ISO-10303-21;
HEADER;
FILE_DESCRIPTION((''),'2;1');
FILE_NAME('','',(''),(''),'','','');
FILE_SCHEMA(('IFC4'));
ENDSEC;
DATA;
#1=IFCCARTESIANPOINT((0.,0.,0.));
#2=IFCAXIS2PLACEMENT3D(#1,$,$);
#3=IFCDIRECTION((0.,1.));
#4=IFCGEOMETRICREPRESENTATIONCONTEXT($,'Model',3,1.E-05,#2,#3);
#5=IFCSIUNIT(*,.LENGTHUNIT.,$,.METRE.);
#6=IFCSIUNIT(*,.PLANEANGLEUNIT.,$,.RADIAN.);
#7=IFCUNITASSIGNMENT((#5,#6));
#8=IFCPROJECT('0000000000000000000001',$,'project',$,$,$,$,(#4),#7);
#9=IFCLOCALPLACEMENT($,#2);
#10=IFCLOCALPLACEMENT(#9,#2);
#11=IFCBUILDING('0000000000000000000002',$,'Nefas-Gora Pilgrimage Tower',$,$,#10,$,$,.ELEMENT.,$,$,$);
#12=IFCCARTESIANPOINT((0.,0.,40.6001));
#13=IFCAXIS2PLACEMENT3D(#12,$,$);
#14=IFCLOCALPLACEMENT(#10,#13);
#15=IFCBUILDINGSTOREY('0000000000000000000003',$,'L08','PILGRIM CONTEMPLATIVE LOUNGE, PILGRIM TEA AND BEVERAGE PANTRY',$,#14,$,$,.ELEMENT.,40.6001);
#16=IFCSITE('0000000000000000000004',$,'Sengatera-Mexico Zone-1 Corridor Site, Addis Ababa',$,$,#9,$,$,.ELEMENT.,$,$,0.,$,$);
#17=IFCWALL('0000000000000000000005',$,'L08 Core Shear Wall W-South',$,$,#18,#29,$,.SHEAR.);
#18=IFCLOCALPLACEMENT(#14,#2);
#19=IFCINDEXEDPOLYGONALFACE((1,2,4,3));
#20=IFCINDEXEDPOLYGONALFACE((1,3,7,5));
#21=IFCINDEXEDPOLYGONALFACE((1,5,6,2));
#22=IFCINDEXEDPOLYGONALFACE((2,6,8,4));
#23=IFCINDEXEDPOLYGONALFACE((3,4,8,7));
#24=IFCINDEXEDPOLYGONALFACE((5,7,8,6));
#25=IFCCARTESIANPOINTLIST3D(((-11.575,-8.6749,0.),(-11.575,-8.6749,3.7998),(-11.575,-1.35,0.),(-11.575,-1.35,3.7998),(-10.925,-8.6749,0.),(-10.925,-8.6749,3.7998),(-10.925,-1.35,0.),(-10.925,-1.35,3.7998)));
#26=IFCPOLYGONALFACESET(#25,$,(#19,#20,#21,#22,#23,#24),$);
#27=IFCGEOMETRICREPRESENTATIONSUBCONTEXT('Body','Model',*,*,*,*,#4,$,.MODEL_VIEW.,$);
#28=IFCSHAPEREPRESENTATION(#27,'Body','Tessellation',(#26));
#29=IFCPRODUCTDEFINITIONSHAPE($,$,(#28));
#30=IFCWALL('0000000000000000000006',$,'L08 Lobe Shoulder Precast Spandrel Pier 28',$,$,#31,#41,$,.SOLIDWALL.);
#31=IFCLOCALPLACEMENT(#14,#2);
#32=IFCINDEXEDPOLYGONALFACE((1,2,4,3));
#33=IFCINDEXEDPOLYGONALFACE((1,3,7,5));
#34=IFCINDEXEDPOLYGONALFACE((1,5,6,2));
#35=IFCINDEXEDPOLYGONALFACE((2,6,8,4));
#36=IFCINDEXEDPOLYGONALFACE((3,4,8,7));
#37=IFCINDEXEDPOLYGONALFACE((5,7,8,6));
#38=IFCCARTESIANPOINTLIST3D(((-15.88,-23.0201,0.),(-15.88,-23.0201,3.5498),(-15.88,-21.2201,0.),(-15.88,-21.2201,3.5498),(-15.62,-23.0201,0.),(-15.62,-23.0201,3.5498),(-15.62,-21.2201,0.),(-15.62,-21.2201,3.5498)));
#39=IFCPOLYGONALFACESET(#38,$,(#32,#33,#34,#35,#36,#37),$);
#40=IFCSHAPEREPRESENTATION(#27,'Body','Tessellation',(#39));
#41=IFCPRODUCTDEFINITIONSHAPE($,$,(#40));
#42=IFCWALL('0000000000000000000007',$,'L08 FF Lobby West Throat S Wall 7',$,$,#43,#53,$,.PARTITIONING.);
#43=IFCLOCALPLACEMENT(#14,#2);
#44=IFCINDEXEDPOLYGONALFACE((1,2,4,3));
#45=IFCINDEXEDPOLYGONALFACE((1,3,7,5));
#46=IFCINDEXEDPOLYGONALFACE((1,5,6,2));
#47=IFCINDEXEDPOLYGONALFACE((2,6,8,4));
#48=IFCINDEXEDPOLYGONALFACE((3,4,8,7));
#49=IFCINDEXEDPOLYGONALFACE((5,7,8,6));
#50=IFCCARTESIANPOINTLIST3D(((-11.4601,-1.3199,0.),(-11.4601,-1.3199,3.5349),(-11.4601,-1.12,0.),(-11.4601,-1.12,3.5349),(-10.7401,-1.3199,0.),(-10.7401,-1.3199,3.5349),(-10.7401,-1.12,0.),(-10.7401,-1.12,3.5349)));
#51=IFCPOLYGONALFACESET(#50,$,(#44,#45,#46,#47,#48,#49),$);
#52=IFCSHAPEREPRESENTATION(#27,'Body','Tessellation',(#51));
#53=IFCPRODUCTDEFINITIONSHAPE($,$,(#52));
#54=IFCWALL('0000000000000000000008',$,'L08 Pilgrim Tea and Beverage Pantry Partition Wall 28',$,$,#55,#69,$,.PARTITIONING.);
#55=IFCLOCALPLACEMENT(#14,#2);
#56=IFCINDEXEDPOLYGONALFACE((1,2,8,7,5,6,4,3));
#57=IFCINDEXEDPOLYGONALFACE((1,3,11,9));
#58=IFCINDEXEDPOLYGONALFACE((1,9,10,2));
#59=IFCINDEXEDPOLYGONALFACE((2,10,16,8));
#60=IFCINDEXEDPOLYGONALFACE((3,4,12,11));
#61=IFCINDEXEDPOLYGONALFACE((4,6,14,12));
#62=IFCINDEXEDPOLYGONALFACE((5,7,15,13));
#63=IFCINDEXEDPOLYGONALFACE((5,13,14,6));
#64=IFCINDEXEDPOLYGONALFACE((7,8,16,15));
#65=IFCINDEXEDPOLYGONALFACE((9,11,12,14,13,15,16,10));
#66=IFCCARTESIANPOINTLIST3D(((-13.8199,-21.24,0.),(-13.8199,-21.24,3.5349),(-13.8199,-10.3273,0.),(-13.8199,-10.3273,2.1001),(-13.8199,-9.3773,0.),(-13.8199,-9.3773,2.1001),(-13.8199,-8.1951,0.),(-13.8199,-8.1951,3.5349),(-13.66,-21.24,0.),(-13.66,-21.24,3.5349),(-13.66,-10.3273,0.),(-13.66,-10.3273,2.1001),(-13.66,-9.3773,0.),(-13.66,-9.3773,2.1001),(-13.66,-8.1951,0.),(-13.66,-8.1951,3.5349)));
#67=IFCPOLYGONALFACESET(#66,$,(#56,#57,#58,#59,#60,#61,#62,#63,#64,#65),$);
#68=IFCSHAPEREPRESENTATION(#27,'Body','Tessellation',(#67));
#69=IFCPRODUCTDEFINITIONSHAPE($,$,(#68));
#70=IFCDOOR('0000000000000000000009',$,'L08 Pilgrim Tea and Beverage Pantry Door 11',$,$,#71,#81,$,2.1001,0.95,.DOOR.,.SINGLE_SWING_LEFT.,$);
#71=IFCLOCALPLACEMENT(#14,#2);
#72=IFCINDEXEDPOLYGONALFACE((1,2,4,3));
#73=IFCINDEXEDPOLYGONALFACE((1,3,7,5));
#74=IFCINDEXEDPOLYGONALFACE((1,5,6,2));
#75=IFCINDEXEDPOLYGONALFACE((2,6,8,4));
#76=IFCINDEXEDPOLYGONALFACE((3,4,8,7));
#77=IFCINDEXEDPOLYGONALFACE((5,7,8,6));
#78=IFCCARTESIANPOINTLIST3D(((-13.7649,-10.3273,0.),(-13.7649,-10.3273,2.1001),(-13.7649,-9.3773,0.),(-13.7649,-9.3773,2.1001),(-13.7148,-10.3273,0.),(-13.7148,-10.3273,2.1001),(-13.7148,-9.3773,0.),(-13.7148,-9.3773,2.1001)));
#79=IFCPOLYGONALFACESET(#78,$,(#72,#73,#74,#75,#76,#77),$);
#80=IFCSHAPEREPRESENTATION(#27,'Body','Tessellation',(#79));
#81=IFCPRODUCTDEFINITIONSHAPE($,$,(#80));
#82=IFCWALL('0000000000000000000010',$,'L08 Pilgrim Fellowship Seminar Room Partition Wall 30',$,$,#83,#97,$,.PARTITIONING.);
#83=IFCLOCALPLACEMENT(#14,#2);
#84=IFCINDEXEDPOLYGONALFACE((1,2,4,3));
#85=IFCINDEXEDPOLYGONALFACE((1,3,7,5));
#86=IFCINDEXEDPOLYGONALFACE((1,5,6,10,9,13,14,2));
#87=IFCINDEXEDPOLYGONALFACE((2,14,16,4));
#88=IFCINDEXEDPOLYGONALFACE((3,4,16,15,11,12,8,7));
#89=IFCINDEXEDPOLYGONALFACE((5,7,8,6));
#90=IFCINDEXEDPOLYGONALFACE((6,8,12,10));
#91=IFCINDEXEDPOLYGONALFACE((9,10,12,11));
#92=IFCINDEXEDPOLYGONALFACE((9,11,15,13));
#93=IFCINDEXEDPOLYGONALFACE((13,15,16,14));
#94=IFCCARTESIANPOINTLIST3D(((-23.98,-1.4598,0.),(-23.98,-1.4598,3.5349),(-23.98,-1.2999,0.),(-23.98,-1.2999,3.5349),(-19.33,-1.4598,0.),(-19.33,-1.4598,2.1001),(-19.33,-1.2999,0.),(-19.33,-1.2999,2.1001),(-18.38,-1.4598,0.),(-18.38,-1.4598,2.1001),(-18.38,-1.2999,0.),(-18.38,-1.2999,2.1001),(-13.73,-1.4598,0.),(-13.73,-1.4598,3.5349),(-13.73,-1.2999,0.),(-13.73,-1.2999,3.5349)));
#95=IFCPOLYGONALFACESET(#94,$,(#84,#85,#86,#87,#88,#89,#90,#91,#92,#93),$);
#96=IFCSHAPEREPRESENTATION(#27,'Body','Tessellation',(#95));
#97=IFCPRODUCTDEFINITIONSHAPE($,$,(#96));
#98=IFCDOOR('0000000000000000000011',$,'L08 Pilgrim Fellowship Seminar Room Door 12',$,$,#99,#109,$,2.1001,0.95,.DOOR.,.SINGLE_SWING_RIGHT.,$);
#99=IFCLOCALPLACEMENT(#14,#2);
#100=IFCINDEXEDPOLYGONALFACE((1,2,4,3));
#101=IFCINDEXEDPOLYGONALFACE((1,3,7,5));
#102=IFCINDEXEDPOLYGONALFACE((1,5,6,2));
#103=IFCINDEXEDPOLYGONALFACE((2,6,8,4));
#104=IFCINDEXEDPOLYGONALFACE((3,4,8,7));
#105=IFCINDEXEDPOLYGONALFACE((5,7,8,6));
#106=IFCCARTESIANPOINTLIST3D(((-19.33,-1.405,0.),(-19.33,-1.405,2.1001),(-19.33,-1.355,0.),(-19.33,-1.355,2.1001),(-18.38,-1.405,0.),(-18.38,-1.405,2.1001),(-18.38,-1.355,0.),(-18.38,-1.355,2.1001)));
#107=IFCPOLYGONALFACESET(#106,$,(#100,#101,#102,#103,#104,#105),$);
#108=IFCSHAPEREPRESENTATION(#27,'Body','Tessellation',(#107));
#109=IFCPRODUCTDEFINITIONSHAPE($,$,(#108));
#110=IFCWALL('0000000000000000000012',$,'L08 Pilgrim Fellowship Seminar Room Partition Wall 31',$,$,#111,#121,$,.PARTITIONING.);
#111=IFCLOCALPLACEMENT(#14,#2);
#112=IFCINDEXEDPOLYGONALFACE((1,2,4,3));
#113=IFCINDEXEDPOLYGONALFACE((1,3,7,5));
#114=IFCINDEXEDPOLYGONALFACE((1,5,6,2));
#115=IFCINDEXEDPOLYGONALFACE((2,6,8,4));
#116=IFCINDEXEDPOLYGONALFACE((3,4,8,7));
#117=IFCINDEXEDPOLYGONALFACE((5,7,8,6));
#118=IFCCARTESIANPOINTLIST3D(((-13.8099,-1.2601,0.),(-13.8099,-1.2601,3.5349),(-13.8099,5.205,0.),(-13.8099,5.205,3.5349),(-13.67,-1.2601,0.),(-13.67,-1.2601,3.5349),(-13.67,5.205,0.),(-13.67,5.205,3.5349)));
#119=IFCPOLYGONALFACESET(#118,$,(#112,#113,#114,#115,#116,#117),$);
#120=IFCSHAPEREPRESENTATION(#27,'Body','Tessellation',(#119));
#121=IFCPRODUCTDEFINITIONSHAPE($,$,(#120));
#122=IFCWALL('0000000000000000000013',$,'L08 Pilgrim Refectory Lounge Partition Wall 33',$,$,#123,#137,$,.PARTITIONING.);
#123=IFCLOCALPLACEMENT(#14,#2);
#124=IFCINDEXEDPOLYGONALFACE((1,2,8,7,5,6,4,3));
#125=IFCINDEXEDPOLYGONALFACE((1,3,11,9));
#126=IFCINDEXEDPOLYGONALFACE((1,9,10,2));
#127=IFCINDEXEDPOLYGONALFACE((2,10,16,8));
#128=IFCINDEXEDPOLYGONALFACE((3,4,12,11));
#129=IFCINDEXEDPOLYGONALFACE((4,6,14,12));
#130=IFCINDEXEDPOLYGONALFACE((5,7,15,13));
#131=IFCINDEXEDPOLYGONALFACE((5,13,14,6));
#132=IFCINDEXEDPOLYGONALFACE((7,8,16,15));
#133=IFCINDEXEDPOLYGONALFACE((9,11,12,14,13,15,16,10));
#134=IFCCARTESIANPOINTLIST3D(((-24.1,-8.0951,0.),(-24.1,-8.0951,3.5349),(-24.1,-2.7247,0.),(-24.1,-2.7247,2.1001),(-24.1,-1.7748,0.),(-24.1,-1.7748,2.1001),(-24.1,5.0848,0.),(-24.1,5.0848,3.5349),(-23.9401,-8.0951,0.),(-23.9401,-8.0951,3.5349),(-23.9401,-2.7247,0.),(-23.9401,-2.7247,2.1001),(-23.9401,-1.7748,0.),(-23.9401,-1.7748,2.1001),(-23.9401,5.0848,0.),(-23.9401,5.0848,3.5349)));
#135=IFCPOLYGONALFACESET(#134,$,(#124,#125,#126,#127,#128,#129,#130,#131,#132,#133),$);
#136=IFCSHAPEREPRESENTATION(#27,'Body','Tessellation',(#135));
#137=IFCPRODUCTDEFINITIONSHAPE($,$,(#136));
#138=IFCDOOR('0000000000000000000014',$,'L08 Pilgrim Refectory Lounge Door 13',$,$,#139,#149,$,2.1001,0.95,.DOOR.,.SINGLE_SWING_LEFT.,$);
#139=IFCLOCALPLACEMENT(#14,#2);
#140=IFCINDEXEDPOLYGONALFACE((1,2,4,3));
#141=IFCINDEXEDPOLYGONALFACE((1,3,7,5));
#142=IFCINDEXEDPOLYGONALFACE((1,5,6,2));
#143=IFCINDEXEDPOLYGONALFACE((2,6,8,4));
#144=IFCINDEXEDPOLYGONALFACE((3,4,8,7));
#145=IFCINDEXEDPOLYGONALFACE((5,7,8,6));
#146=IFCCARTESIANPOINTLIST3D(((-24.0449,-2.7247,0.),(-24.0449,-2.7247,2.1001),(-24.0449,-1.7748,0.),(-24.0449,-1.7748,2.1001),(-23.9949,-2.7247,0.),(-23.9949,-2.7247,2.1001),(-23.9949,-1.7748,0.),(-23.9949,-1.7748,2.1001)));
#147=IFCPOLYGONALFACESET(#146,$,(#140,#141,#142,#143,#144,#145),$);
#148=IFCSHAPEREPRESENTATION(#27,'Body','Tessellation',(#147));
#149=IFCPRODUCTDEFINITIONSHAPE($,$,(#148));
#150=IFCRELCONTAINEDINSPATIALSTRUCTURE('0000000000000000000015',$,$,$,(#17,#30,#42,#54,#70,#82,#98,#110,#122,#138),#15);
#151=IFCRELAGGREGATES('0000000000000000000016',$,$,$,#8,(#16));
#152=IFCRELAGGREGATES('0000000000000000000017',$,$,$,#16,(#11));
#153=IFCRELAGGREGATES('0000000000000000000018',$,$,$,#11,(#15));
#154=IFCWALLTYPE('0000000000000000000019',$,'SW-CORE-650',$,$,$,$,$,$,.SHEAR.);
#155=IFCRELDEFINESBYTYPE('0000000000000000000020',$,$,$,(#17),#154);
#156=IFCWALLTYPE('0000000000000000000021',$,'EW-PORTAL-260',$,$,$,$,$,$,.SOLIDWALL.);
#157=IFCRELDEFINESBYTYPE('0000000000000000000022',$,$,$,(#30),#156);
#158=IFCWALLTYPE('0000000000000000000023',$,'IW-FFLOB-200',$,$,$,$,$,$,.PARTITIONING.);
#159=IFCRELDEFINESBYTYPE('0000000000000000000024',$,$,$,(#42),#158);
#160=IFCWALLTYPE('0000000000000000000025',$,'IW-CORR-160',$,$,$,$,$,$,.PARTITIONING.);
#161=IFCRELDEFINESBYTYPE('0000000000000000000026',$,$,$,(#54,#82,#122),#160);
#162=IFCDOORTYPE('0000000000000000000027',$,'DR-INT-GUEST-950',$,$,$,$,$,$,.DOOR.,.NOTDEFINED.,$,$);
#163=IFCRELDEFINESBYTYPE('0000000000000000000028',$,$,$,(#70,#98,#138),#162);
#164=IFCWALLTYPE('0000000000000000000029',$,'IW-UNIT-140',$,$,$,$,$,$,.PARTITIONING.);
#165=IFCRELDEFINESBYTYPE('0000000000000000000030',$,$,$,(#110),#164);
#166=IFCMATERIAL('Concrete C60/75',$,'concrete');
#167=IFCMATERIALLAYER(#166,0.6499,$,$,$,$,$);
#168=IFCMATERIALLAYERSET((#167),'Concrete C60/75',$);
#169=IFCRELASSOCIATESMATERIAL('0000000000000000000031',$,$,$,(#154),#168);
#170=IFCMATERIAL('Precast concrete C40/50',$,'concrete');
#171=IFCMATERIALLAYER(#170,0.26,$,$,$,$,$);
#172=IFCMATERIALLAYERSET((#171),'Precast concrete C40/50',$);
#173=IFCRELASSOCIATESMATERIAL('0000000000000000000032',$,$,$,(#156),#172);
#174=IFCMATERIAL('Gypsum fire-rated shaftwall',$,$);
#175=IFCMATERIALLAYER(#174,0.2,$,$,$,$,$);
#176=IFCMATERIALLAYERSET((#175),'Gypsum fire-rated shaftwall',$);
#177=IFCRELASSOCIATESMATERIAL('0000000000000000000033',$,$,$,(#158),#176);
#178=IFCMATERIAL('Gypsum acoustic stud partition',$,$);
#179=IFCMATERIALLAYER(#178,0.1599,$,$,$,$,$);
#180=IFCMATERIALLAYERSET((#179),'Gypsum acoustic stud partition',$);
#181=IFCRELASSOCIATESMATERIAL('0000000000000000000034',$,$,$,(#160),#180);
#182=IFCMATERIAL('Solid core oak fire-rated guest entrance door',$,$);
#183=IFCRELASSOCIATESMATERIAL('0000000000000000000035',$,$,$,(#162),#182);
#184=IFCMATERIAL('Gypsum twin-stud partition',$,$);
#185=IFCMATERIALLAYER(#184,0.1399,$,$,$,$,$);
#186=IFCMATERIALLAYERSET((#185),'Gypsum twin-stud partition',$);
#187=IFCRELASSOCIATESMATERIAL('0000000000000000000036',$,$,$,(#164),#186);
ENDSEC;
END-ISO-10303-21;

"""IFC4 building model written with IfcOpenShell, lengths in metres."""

from ifc_helpers import new_model, si_unit, direction, frame, frame_2d, origin, place, context, subcontext, project, spatial, rectangle, extrude, source, transform, mapped, material, layer, layer_set, type_object, element, fill, save


model = new_model("IFC4")

# Units and contexts
model_context = context("Model", 3, precision=1e-05, world=origin(), true_north=direction((0.0, 1.0)))
body_context = subcontext(model_context, "Body", "Model", "MODEL_VIEW")
ifc_project = project(units=[si_unit("LENGTHUNIT", "METRE"), si_unit("PLANEANGLEUNIT", "RADIAN")], contexts=[model_context])

# Site, building, storey
site_placement = place(None, origin())
site = spatial("IfcSite", under=ifc_project, at=site_placement, Name="Sengatera-Mexico Zone-1 Corridor Site, Addis Ababa", CompositionType="ELEMENT", RefElevation=0.0)
building_placement = place(site_placement, origin())
building = spatial("IfcBuilding", under=site, at=building_placement, Name="Nefas-Gora Pilgrimage Tower", CompositionType="ELEMENT")
storey_placement = place(building_placement, frame((0.0, 0.0, 40.6001)))
storey = spatial("IfcBuildingStorey", under=building, at=storey_placement, Name="L08", Description="PILGRIM CONTEMPLATIVE LOUNGE, PILGRIM TEA AND BEVERAGE PANTRY", CompositionType="ELEMENT", Elevation=40.6001)

# Walls
ifc_material_1 = material(Name="Concrete C60/75", Category="concrete")
ifc_layer_1 = layer(ifc_material_1, 0.6499)
ifc_layer_set_1 = layer_set([ifc_layer_1], Name="Concrete C60/75")
wall_type_1 = type_object("IfcWallType", Name="SW-CORE-650", PredefinedType="SHEAR", material=ifc_layer_set_1)
shared_shape_1 = source(origin(), body_context, "Body", "SweptSolid", [
    extrude(rectangle(XDim=7.325, YDim=0.6499, at=frame_2d((3.6626, 0.0))), origin(), (0.0, 0.0, 1.0), 3.7998),
])
wall_1_placement = place(storey_placement, frame((-11.25, -8.675, 0.0), z_axis=(0.0, 0.0, 1.0), x_axis=(0.0, 1.0, 0.0)))
element("IfcWall", 1, at=wall_1_placement, inside=storey, type_object=wall_type_1, Name="L08 Core Shear Wall W-South", PredefinedType="SHEAR", context=body_context, shape_type="MappedRepresentation", body=[
    mapped(shared_shape_1, transform((0.0, 0.0, 0.0), x_axis=(1.0, 0.0, 0.0), y_axis=(0.0, 1.0, 0.0), z_axis=(0.0, 0.0, 1.0), scale=1.0)),
])
ifc_material_2 = material(Name="Precast concrete C40/50", Category="concrete")
ifc_layer_2 = layer(ifc_material_2, 0.26)
ifc_layer_set_2 = layer_set([ifc_layer_2], Name="Precast concrete C40/50")
wall_type_2 = type_object("IfcWallType", Name="EW-PORTAL-260", PredefinedType="SOLIDWALL", material=ifc_layer_set_2)
shared_shape_2 = source(origin(), body_context, "Body", "SweptSolid", [
    extrude(rectangle(XDim=1.8, YDim=0.26, at=frame_2d((0.8999, 0.0))), origin(), (0.0, 0.0, 1.0), 3.5498),
])
wall_2_placement = place(storey_placement, frame((-15.75, -23.02, 0.0), z_axis=(0.0, 0.0, 1.0), x_axis=(0.0, 1.0, 0.0)))
element("IfcWall", 2, at=wall_2_placement, inside=storey, type_object=wall_type_2, Name="L08 Lobe Shoulder Precast Spandrel Pier 28", PredefinedType="SOLIDWALL", context=body_context, shape_type="MappedRepresentation", body=[
    mapped(shared_shape_2, transform((0.0, 0.0, 0.0), x_axis=(1.0, 0.0, 0.0), y_axis=(0.0, 1.0, 0.0), z_axis=(0.0, 0.0, 1.0), scale=1.0)),
])
ifc_material_3 = material(Name="Gypsum fire-rated shaftwall")
ifc_layer_3 = layer(ifc_material_3, 0.2)
ifc_layer_set_3 = layer_set([ifc_layer_3], Name="Gypsum fire-rated shaftwall")
wall_type_3 = type_object("IfcWallType", Name="IW-FFLOB-200", PredefinedType="PARTITIONING", material=ifc_layer_set_3)
shared_shape_3 = source(origin(), body_context, "Body", "SweptSolid", [
    extrude(rectangle(XDim=0.72, YDim=0.2, at=frame_2d((0.3599, 0.0))), origin(), (0.0, 0.0, 1.0), 3.5349),
])
wall_3_placement = place(storey_placement, frame((-11.46, -1.22, 0.0), z_axis=(0.0, 0.0, 1.0), x_axis=(1.0, 0.0, 0.0)))
element("IfcWall", 3, at=wall_3_placement, inside=storey, type_object=wall_type_3, Name="L08 FF Lobby West Throat S Wall 7", PredefinedType="PARTITIONING", context=body_context, shape_type="MappedRepresentation", body=[
    mapped(shared_shape_3, transform((0.0, 0.0, 0.0), x_axis=(1.0, 0.0, 0.0), y_axis=(0.0, 1.0, 0.0), z_axis=(0.0, 0.0, 1.0), scale=1.0)),
])

# Walls, openings, doors
ifc_material_4 = material(Name="Gypsum acoustic stud partition")
ifc_layer_4 = layer(ifc_material_4, 0.1599)
ifc_layer_set_4 = layer_set([ifc_layer_4], Name="Gypsum acoustic stud partition")
wall_type_4 = type_object("IfcWallType", Name="IW-CORR-160", PredefinedType="PARTITIONING", material=ifc_layer_set_4)
shared_shape_4 = source(origin(), body_context, "Body", "SweptSolid", [
    extrude(rectangle(XDim=13.0449, YDim=0.1599, at=frame_2d((6.5225, 0.0))), origin(), (0.0, 0.0, 1.0), 3.5349),
])
wall_4_placement = place(storey_placement, frame((-13.74, -21.24, 0.0), z_axis=(0.0, 0.0, 1.0), x_axis=(0.0, 1.0, 0.0)))
wall_4 = element("IfcWall", 4, at=wall_4_placement, inside=storey, type_object=wall_type_4, Name="L08 Pilgrim Tea and Beverage Pantry Partition Wall 28", PredefinedType="PARTITIONING", context=body_context, shape_type="MappedRepresentation", body=[
    mapped(shared_shape_4, transform((0.0, 0.0, 0.0), x_axis=(1.0, 0.0, 0.0), y_axis=(0.0, 1.0, 0.0), z_axis=(0.0, 0.0, 1.0), scale=1.0)),
])
opening_1_placement = place(wall_4_placement, frame((10.9126, 0.0, 0.0)))
opening_1 = element("IfcOpeningElement", 5, at=opening_1_placement, cuts=wall_4, PredefinedType="OPENING", context=body_context, shape_type="SweptSolid", body=[
    extrude(rectangle(XDim=0.95, YDim=2.1001, at=frame_2d((0.4751, 1.05))), frame((0.0, 0.0898, 0.0), z_axis=(0.0, -1.0, 0.0), x_axis=(1.0, 0.0, 0.0)), (0.0, 0.0, 1.0), 0.1799),
])
ifc_material_5 = material(Name="Solid core oak fire-rated guest entrance door")
door_type_1 = type_object("IfcDoorType", Name="DR-INT-GUEST-950", OperationType="NOTDEFINED", PredefinedType="DOOR", material=ifc_material_5)
shared_shape_5 = source(origin(), body_context, "Body", "SweptSolid", [
    extrude(rectangle(XDim=0.95, YDim=2.1001, at=frame_2d((0.4751, 1.05))), frame((0.0, 0.0249, 0.0), z_axis=(0.0, -1.0, 0.0), x_axis=(1.0, 0.0, 0.0)), (0.0, 0.0, 1.0), 0.05),
])
door_1_placement = place(opening_1_placement, origin())
door_1 = element("IfcDoor", 6, at=door_1_placement, inside=storey, type_object=door_type_1, Name="L08 Pilgrim Tea and Beverage Pantry Door 11", OperationType="SINGLE_SWING_LEFT", OverallHeight=2.1001, OverallWidth=0.95, PredefinedType="DOOR", context=body_context, shape_type="MappedRepresentation", body=[
    mapped(shared_shape_5, transform((0.0, 0.0, 0.0), x_axis=(1.0, 0.0, 0.0), y_axis=(0.0, 1.0, 0.0), z_axis=(0.0, 0.0, 1.0), scale=1.0)),
])
fill(opening_1, door_1)
shared_shape_6 = source(origin(), body_context, "Body", "SweptSolid", [
    extrude(rectangle(XDim=10.25, YDim=0.1599, at=frame_2d((5.125, 0.0))), origin(), (0.0, 0.0, 1.0), 3.5349),
])
wall_5_placement = place(storey_placement, frame((-23.98, -1.3799, 0.0), z_axis=(0.0, 0.0, 1.0), x_axis=(1.0, 0.0, 0.0)))
wall_5 = element("IfcWall", 7, at=wall_5_placement, inside=storey, type_object=wall_type_4, Name="L08 Pilgrim Fellowship Seminar Room Partition Wall 30", PredefinedType="PARTITIONING", context=body_context, shape_type="MappedRepresentation", body=[
    mapped(shared_shape_6, transform((0.0, 0.0, 0.0), x_axis=(1.0, 0.0, 0.0), y_axis=(0.0, 1.0, 0.0), z_axis=(0.0, 0.0, 1.0), scale=1.0)),
])
opening_2_placement = place(wall_5_placement, frame((4.6499, 0.0, 0.0)))
opening_2 = element("IfcOpeningElement", 8, at=opening_2_placement, cuts=wall_5, PredefinedType="OPENING", context=body_context, shape_type="SweptSolid", body=[
    extrude(rectangle(XDim=0.95, YDim=2.1001, at=frame_2d((0.4751, 1.05))), frame((0.0, 0.0898, 0.0), z_axis=(0.0, -1.0, 0.0), x_axis=(1.0, 0.0, 0.0)), (0.0, 0.0, 1.0), 0.1799),
])
door_2_placement = place(opening_2_placement, origin())
door_2 = element("IfcDoor", 9, at=door_2_placement, inside=storey, type_object=door_type_1, Name="L08 Pilgrim Fellowship Seminar Room Door 12", OperationType="SINGLE_SWING_RIGHT", OverallHeight=2.1001, OverallWidth=0.95, PredefinedType="DOOR", context=body_context, shape_type="MappedRepresentation", body=[
    mapped(shared_shape_5, transform((0.0, 0.0, 0.0), x_axis=(1.0, 0.0, 0.0), y_axis=(0.0, 1.0, 0.0), z_axis=(0.0, 0.0, 1.0), scale=1.0)),
])
fill(opening_2, door_2)

# Wall
ifc_material_6 = material(Name="Gypsum twin-stud partition")
ifc_layer_5 = layer(ifc_material_6, 0.1399)
ifc_layer_set_5 = layer_set([ifc_layer_5], Name="Gypsum twin-stud partition")
wall_type_5 = type_object("IfcWallType", Name="IW-UNIT-140", PredefinedType="PARTITIONING", material=ifc_layer_set_5)
shared_shape_7 = source(origin(), body_context, "Body", "SweptSolid", [
    extrude(rectangle(XDim=6.4651, YDim=0.1399, at=frame_2d((3.2324, 0.0))), origin(), (0.0, 0.0, 1.0), 3.5349),
])
wall_6_placement = place(storey_placement, frame((-13.74, -1.26, 0.0), z_axis=(0.0, 0.0, 1.0), x_axis=(0.0, 1.0, 0.0)))
element("IfcWall", 10, at=wall_6_placement, inside=storey, type_object=wall_type_5, Name="L08 Pilgrim Fellowship Seminar Room Partition Wall 31", PredefinedType="PARTITIONING", context=body_context, shape_type="MappedRepresentation", body=[
    mapped(shared_shape_7, transform((0.0, 0.0, 0.0), x_axis=(1.0, 0.0, 0.0), y_axis=(0.0, 1.0, 0.0), z_axis=(0.0, 0.0, 1.0), scale=1.0)),
])

# Wall, opening, door
shared_shape_8 = source(origin(), body_context, "Body", "SweptSolid", [
    extrude(rectangle(XDim=13.1799, YDim=0.1599, at=frame_2d((6.5898, 0.0))), origin(), (0.0, 0.0, 1.0), 3.5349),
])
wall_7_placement = place(storey_placement, frame((-24.02, -8.095, 0.0), z_axis=(0.0, 0.0, 1.0), x_axis=(0.0, 1.0, 0.0)))
wall_7 = element("IfcWall", 11, at=wall_7_placement, inside=storey, type_object=wall_type_4, Name="L08 Pilgrim Refectory Lounge Partition Wall 33", PredefinedType="PARTITIONING", context=body_context, shape_type="MappedRepresentation", body=[
    mapped(shared_shape_8, transform((0.0, 0.0, 0.0), x_axis=(1.0, 0.0, 0.0), y_axis=(0.0, 1.0, 0.0), z_axis=(0.0, 0.0, 1.0), scale=1.0)),
])
opening_3_placement = place(wall_7_placement, frame((5.3701, 0.0, 0.0)))
opening_3 = element("IfcOpeningElement", 12, at=opening_3_placement, cuts=wall_7, PredefinedType="OPENING", context=body_context, shape_type="SweptSolid", body=[
    extrude(rectangle(XDim=0.95, YDim=2.1001, at=frame_2d((0.4751, 1.05))), frame((0.0, 0.0898, 0.0), z_axis=(0.0, -1.0, 0.0), x_axis=(1.0, 0.0, 0.0)), (0.0, 0.0, 1.0), 0.1799),
])
door_3_placement = place(opening_3_placement, origin())
door_3 = element("IfcDoor", 13, at=door_3_placement, inside=storey, type_object=door_type_1, Name="L08 Pilgrim Refectory Lounge Door 13", OperationType="SINGLE_SWING_LEFT", OverallHeight=2.1001, OverallWidth=0.95, PredefinedType="DOOR", context=body_context, shape_type="MappedRepresentation", body=[
    mapped(shared_shape_5, transform((0.0, 0.0, 0.0), x_axis=(1.0, 0.0, 0.0), y_axis=(0.0, 1.0, 0.0), z_axis=(0.0, 0.0, 1.0), scale=1.0)),
])
fill(opening_3, door_3)

save(model, "model.ifc")
